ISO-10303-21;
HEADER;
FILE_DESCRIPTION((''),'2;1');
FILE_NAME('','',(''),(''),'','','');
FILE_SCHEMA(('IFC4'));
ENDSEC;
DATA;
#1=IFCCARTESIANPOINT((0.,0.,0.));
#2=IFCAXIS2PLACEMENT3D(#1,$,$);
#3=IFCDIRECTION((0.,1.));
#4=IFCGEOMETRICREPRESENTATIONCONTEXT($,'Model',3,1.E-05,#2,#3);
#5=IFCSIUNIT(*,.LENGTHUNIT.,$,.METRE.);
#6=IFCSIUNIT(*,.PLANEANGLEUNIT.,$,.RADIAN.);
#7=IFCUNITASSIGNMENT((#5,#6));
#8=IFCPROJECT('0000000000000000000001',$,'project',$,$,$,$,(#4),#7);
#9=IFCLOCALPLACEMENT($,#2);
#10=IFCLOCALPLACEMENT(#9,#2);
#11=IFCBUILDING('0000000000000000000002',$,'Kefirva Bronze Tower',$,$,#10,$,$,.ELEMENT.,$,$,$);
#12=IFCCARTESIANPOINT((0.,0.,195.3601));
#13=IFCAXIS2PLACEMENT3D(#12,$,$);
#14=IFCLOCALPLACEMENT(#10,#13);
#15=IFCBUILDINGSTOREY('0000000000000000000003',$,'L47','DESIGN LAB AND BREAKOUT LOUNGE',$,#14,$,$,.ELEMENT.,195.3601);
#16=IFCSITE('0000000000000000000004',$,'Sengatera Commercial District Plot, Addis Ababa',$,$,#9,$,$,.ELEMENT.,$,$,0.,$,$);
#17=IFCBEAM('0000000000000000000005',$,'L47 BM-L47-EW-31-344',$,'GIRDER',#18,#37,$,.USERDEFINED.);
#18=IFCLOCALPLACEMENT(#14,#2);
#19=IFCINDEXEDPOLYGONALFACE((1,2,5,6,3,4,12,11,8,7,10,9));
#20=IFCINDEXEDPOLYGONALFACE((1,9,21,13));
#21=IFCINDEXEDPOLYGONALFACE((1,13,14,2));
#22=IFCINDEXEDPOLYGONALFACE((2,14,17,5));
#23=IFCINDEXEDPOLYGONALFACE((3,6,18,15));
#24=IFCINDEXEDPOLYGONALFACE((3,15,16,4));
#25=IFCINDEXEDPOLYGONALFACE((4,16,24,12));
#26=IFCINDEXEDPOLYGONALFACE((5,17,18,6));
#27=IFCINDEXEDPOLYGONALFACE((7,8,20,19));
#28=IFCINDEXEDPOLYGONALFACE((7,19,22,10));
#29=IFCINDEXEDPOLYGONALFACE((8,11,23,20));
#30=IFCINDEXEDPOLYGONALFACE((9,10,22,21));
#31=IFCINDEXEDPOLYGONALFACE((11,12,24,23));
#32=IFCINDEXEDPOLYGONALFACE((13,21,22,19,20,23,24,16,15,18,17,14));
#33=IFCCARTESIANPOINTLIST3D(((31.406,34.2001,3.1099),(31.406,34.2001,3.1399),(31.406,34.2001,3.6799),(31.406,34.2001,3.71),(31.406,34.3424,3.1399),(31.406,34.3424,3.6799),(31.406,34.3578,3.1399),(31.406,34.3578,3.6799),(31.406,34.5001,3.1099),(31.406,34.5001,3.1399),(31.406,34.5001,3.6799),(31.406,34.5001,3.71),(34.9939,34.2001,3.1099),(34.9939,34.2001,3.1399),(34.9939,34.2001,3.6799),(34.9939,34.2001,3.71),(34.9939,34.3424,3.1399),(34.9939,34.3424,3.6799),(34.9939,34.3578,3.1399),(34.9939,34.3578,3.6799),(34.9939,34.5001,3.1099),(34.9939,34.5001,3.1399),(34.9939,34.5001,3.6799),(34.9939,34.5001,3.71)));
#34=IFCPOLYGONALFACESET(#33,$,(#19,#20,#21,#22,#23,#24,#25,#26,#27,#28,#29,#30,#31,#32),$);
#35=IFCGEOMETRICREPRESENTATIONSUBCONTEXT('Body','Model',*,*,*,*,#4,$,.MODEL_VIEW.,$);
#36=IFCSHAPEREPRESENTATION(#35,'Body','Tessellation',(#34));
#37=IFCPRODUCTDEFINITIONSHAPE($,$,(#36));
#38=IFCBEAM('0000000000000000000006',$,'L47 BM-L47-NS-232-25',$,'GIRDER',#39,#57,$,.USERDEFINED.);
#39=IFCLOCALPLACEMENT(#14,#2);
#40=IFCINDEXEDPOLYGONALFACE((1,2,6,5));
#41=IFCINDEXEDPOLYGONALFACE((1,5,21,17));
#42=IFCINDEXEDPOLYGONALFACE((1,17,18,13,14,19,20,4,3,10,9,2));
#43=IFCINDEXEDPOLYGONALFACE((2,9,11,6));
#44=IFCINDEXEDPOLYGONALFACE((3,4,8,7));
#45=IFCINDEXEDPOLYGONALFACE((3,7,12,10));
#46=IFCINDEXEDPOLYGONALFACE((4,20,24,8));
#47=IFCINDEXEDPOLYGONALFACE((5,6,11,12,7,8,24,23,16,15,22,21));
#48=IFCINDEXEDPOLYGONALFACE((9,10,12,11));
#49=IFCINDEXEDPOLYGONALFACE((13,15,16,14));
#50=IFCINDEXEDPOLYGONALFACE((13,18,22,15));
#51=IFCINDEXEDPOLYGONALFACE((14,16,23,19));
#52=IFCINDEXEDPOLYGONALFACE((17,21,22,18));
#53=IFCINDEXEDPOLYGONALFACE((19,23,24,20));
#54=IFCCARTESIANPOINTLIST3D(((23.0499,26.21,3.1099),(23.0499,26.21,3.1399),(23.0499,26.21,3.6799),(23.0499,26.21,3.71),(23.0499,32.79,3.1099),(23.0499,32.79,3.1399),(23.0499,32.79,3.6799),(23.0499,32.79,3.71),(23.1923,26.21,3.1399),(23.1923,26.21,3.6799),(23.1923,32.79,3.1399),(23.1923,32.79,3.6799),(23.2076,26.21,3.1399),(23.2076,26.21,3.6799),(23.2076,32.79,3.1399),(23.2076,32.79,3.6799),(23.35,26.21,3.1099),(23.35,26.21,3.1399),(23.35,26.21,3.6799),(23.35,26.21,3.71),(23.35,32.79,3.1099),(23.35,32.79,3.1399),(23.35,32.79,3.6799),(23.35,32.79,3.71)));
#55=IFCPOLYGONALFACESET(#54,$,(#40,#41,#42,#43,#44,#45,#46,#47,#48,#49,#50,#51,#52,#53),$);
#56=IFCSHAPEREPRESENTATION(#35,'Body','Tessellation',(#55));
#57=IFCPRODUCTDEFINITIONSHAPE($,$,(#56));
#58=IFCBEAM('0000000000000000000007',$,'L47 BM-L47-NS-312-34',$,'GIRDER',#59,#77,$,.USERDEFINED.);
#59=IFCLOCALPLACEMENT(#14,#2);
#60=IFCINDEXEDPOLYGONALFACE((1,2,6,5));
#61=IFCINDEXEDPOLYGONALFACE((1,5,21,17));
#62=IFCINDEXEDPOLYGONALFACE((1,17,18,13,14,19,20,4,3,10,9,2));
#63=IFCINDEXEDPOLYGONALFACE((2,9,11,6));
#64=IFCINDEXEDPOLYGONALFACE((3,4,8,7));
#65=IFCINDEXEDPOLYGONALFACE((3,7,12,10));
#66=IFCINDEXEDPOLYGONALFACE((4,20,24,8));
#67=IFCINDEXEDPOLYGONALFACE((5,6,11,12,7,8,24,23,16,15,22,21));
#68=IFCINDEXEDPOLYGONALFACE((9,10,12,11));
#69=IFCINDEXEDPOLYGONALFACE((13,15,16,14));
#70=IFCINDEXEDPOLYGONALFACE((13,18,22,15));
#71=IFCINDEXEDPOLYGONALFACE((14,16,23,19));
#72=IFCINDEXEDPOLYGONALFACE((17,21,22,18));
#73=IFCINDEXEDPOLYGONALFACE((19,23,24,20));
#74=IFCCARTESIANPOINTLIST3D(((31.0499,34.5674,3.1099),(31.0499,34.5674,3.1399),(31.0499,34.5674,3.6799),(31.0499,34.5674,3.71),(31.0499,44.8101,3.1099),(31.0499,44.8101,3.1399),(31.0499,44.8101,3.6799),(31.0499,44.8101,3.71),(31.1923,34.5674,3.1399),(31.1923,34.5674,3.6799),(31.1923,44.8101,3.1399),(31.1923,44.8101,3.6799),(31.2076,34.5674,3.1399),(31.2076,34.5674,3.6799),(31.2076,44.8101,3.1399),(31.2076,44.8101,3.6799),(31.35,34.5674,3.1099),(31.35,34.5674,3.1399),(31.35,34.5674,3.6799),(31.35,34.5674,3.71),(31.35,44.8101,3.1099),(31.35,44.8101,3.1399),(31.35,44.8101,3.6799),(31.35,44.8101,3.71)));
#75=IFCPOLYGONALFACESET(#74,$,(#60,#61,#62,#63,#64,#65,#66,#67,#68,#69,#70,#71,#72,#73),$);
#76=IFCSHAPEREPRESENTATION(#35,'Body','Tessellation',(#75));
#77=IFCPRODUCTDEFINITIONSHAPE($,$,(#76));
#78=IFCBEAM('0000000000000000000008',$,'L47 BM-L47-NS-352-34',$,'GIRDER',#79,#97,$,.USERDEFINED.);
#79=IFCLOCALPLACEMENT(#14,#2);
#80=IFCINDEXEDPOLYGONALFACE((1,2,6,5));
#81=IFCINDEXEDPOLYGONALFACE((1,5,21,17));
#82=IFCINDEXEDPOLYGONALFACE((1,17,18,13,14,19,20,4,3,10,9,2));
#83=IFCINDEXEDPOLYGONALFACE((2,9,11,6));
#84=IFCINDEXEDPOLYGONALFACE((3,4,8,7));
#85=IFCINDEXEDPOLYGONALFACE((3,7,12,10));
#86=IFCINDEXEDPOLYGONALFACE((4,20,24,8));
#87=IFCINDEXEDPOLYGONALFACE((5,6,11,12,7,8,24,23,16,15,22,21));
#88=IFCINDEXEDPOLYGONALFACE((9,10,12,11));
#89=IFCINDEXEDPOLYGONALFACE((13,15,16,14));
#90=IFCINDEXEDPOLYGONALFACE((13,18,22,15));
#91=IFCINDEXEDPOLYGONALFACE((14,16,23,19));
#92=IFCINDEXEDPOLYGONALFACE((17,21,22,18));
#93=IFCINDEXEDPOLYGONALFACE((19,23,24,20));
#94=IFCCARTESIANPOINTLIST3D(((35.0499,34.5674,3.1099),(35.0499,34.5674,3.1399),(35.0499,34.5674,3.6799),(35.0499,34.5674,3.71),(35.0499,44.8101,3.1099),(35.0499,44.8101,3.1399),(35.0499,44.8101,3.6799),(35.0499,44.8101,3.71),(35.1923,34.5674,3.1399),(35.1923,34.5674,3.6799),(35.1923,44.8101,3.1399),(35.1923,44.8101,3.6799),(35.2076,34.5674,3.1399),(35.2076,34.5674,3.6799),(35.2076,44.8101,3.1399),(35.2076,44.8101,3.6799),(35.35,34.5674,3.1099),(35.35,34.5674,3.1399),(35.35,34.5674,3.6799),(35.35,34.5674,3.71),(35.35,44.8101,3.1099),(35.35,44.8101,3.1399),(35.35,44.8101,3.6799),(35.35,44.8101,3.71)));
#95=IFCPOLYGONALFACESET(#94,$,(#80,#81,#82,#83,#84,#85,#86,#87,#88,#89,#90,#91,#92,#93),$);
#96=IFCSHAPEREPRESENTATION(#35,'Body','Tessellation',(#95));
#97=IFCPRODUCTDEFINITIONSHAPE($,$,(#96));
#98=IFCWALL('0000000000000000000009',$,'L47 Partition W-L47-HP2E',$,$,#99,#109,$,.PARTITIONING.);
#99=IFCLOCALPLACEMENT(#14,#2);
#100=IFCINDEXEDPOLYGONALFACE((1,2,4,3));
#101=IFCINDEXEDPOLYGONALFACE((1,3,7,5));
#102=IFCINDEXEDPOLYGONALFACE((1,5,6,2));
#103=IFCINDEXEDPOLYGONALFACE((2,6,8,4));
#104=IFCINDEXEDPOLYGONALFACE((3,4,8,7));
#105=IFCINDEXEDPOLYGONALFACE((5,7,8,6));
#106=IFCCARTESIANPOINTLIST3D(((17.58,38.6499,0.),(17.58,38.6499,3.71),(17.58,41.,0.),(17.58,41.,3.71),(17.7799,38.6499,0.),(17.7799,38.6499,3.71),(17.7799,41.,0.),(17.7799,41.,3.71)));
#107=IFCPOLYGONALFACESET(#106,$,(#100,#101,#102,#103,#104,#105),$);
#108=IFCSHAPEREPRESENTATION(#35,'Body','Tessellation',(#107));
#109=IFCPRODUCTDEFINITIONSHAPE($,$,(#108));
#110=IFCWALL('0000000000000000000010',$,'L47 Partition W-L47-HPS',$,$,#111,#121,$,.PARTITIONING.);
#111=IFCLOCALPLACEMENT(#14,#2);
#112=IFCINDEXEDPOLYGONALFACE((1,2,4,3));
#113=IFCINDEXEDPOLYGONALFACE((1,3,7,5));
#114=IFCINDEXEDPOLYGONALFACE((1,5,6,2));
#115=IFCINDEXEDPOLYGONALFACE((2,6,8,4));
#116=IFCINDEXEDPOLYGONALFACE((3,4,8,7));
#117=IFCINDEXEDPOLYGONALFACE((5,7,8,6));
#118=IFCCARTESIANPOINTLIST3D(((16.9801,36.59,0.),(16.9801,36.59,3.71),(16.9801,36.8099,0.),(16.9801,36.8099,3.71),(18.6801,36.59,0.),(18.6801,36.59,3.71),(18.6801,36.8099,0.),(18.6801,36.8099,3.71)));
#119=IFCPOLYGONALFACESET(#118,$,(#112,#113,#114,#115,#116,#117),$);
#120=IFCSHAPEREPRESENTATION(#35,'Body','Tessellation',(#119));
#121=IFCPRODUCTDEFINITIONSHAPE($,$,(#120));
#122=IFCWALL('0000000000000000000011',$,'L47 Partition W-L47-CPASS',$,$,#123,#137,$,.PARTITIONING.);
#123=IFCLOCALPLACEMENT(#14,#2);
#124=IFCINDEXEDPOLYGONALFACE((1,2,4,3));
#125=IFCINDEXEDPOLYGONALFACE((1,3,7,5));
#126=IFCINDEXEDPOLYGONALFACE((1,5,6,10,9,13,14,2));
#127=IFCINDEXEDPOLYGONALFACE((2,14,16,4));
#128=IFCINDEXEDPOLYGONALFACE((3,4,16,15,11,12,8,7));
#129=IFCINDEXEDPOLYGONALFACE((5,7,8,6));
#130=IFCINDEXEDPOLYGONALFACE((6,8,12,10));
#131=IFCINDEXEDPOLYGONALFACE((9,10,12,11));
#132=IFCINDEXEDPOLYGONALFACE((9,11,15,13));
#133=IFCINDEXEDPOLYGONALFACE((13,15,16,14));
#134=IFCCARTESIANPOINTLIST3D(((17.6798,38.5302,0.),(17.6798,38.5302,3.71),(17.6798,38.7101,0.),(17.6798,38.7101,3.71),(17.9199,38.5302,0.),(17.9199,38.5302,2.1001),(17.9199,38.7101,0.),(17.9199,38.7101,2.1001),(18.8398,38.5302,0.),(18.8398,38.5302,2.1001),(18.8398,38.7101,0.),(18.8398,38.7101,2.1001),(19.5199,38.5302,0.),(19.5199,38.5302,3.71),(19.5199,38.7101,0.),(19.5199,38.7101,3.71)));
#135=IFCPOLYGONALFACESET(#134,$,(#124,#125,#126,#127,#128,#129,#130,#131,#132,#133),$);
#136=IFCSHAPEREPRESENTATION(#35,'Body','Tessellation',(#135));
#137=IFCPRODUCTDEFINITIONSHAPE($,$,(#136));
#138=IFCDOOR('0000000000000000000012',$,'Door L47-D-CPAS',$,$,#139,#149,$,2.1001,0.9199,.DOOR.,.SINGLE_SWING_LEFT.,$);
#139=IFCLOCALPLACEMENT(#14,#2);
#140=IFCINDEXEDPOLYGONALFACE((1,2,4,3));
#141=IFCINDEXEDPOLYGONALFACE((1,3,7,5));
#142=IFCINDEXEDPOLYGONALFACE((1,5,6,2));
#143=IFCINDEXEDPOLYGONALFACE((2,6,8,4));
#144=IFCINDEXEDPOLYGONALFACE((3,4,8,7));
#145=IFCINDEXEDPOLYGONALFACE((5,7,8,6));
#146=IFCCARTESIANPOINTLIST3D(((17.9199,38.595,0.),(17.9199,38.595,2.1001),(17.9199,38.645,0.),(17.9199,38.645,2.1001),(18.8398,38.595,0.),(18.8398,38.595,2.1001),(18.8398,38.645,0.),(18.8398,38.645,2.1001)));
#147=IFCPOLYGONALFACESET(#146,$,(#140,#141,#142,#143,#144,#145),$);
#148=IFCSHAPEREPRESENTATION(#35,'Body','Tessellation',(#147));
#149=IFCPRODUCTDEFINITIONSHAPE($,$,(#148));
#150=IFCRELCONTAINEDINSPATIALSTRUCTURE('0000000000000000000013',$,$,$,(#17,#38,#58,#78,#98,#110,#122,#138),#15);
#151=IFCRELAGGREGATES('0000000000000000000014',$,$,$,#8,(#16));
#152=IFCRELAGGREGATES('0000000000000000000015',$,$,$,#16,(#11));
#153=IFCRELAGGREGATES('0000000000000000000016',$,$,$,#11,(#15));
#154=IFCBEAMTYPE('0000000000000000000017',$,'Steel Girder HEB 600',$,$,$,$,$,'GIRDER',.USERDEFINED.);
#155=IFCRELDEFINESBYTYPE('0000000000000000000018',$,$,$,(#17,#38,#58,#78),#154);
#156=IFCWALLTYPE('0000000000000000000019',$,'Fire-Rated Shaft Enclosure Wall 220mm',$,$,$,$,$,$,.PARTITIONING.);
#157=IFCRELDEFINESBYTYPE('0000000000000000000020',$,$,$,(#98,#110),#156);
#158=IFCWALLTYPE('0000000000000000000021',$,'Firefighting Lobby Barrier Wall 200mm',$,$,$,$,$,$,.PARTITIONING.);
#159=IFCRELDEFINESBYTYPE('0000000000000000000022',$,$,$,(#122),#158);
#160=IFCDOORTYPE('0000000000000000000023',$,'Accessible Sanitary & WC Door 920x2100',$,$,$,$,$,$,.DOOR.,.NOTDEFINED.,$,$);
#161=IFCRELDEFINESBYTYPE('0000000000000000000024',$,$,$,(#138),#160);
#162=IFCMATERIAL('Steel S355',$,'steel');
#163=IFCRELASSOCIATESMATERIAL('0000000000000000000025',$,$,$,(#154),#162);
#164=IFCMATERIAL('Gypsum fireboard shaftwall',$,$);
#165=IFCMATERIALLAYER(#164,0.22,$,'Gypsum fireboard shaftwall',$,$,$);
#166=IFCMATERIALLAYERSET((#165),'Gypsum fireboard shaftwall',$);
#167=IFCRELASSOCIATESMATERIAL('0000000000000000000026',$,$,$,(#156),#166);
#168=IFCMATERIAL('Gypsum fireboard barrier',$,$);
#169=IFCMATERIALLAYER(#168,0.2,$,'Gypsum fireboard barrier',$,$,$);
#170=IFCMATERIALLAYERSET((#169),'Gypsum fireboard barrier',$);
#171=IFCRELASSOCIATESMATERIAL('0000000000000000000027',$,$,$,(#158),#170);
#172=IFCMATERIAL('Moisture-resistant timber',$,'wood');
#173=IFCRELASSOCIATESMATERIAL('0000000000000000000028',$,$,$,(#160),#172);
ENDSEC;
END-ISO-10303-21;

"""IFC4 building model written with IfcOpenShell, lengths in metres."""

from ifc_helpers import new_model, si_unit, direction, frame, frame_2d, origin, origin_2d, place, context, subcontext, project, spatial, rectangle, i_section, extrude, material, layer, layer_set, material_profile, profile_set, type_object, element, fill, save


model = new_model("IFC4")

# Units and contexts
model_context = context("Model", 3, precision=1e-05, world=origin(), true_north=direction((0.0, 1.0)))
body_context = subcontext(model_context, "Body", "Model", "MODEL_VIEW")
ifc_project = project(units=[si_unit("LENGTHUNIT", "METRE"), si_unit("PLANEANGLEUNIT", "RADIAN")], contexts=[model_context])

# Site, building, storey
site_placement = place(None, origin())
site = spatial("IfcSite", under=ifc_project, at=site_placement, Name="Sengatera Commercial District Plot, Addis Ababa", CompositionType="ELEMENT", RefElevation=0.0)
building_placement = place(site_placement, origin())
building = spatial("IfcBuilding", under=site, at=building_placement, Name="Kefirva Bronze Tower", CompositionType="ELEMENT")
storey_placement = place(building_placement, frame((0.0, 0.0, 195.3601)))
storey = spatial("IfcBuildingStorey", under=building, at=storey_placement, Name="L47", Description="DESIGN LAB AND BREAKOUT LOUNGE", CompositionType="ELEMENT", Elevation=195.3601)

# Beams
ifc_material_1 = material(Name="Steel S355", Category="steel")
ifc_material_profile_1 = material_profile(ifc_material_1, i_section(OverallWidth=0.3, OverallDepth=0.6001, WebThickness=0.0154, FlangeThickness=0.03, at=origin_2d()), Name="HEB 600")
ifc_profile_set_1 = profile_set([ifc_material_profile_1], Name="Steel S355")
beam_type_1 = type_object("IfcBeamType", Name="Steel Girder HEB 600", ElementType="GIRDER", PredefinedType="USERDEFINED", material=ifc_profile_set_1)
for number, where, z_axis, x_axis, name in (
    (1, (31.406, 34.3501, 3.4099), (1.0, 0.0, 0.0), (0.0, 1.0, 0.0), "L47 BM-L47-EW-31-344"),
):
    element("IfcBeam", number, at=place(storey_placement, frame(where, z_axis=z_axis, x_axis=x_axis)), inside=storey, type_object=beam_type_1, Name=name, ObjectType="GIRDER", PredefinedType="USERDEFINED", context=body_context, shape_type="SweptSolid", body=[
        extrude(i_section(OverallWidth=0.3, OverallDepth=0.6001, WebThickness=0.0154, FlangeThickness=0.03, at=origin_2d()), origin(), (0.0, 0.0, 1.0), 3.5879),
    ])
beam_1_placement = place(storey_placement, frame((23.2, 26.21, 3.4099), z_axis=(0.0, 1.0, 0.0), x_axis=(-1.0, 0.0, 0.0)))
element("IfcBeam", 2, at=beam_1_placement, inside=storey, type_object=beam_type_1, Name="L47 BM-L47-NS-232-25", ObjectType="GIRDER", PredefinedType="USERDEFINED", context=body_context, shape_type="SweptSolid", body=[
    extrude(i_section(OverallWidth=0.3, OverallDepth=0.6001, WebThickness=0.0154, FlangeThickness=0.03, at=origin_2d()), origin(), (0.0, 0.0, 1.0), 6.5801),
])
for number, where, z_axis, x_axis, name in (
    (3, (31.2, 34.5674, 3.4099), (0.0, 1.0, 0.0), (-1.0, 0.0, 0.0), "L47 BM-L47-NS-312-34"),
    (4, (35.2, 34.5674, 3.4099), (0.0, 1.0, 0.0), (-1.0, 0.0, 0.0), "L47 BM-L47-NS-352-34"),
):
    element("IfcBeam", number, at=place(storey_placement, frame(where, z_axis=z_axis, x_axis=x_axis)), inside=storey, type_object=beam_type_1, Name=name, ObjectType="GIRDER", PredefinedType="USERDEFINED", context=body_context, shape_type="SweptSolid", body=[
        extrude(i_section(OverallWidth=0.3, OverallDepth=0.6001, WebThickness=0.0154, FlangeThickness=0.03, at=origin_2d()), origin(), (0.0, 0.0, 1.0), 10.2427),
    ])

# Shared definitions
ifc_material_2 = material(Name="Gypsum fireboard shaftwall")
ifc_layer_1 = layer(ifc_material_2, 0.22, Name="Gypsum fireboard shaftwall")
ifc_layer_set_1 = layer_set([ifc_layer_1], Name="Gypsum fireboard shaftwall")
wall_type_1 = type_object("IfcWallType", Name="Fire-Rated Shaft Enclosure Wall 220mm", PredefinedType="PARTITIONING", material=ifc_layer_set_1)

# Walls
wall_1_placement = place(storey_placement, frame((17.6799, 38.6499, 0.0), z_axis=(0.0, 0.0, 1.0), x_axis=(0.0, 1.0, 0.0)))
element("IfcWall", 5, at=wall_1_placement, inside=storey, type_object=wall_type_1, Name="L47 Partition W-L47-HP2E", PredefinedType="PARTITIONING", context=body_context, shape_type="SweptSolid", body=[
    extrude(rectangle(XDim=2.3501, YDim=0.2, at=frame_2d((1.175, 0.0))), origin(), (0.0, 0.0, 1.0), 3.71),
])
wall_2_placement = place(storey_placement, frame((16.98, 36.7, 0.0), z_axis=(0.0, 0.0, 1.0), x_axis=(1.0, 0.0, 0.0)))
element("IfcWall", 6, at=wall_2_placement, inside=storey, type_object=wall_type_1, Name="L47 Partition W-L47-HPS", PredefinedType="PARTITIONING", context=body_context, shape_type="SweptSolid", body=[
    extrude(rectangle(XDim=1.7, YDim=0.22, at=frame_2d((0.8501, 0.0))), origin(), (0.0, 0.0, 1.0), 3.71),
])

# Wall, opening, door
ifc_material_3 = material(Name="Gypsum fireboard barrier")
ifc_layer_2 = layer(ifc_material_3, 0.2, Name="Gypsum fireboard barrier")
ifc_layer_set_2 = layer_set([ifc_layer_2], Name="Gypsum fireboard barrier")
wall_type_2 = type_object("IfcWallType", Name="Firefighting Lobby Barrier Wall 200mm", PredefinedType="PARTITIONING", material=ifc_layer_set_2)
wall_3_placement = place(storey_placement, frame((17.6799, 38.6201, 0.0), z_axis=(0.0, 0.0, 1.0), x_axis=(1.0, 0.0, 0.0)))
wall_3 = element("IfcWall", 7, at=wall_3_placement, inside=storey, type_object=wall_type_2, Name="L47 Partition W-L47-CPASS", PredefinedType="PARTITIONING", context=body_context, shape_type="SweptSolid", body=[
    extrude(rectangle(XDim=1.8401, YDim=0.1799, at=frame_2d((0.9199, 0.0))), origin(), (0.0, 0.0, 1.0), 3.71),
])
opening_1_placement = place(wall_3_placement, frame((0.24, 0.0, 0.0)))
opening_1 = element("IfcOpeningElement", 8, at=opening_1_placement, cuts=wall_3, PredefinedType="OPENING", context=body_context, shape_type="SweptSolid", body=[
    extrude(rectangle(XDim=0.9199, YDim=2.1001, at=frame_2d((0.46, 1.05))), frame((0.0, 0.1001, 0.0), z_axis=(0.0, -1.0, 0.0), x_axis=(1.0, 0.0, 0.0)), (0.0, 0.0, 1.0), 0.2),
])
ifc_material_4 = material(Name="Moisture-resistant timber", Category="wood")
door_type_1 = type_object("IfcDoorType", Name="Accessible Sanitary & WC Door 920x2100", OperationType="NOTDEFINED", PredefinedType="DOOR", material=ifc_material_4)
door_1_placement = place(opening_1_placement, origin())
door_1 = element("IfcDoor", 9, at=door_1_placement, inside=storey, type_object=door_type_1, Name="Door L47-D-CPAS", OperationType="SINGLE_SWING_LEFT", OverallHeight=2.1001, OverallWidth=0.9199, PredefinedType="DOOR", context=body_context, shape_type="SweptSolid", body=[
    extrude(rectangle(XDim=0.9199, YDim=2.1001, at=frame_2d((0.46, 1.05))), frame((0.0, 0.0249, 0.0), z_axis=(0.0, -1.0, 0.0), x_axis=(1.0, 0.0, 0.0)), (0.0, 0.0, 1.0), 0.05),
])
fill(opening_1, door_1)

save(model, "model.ifc")
